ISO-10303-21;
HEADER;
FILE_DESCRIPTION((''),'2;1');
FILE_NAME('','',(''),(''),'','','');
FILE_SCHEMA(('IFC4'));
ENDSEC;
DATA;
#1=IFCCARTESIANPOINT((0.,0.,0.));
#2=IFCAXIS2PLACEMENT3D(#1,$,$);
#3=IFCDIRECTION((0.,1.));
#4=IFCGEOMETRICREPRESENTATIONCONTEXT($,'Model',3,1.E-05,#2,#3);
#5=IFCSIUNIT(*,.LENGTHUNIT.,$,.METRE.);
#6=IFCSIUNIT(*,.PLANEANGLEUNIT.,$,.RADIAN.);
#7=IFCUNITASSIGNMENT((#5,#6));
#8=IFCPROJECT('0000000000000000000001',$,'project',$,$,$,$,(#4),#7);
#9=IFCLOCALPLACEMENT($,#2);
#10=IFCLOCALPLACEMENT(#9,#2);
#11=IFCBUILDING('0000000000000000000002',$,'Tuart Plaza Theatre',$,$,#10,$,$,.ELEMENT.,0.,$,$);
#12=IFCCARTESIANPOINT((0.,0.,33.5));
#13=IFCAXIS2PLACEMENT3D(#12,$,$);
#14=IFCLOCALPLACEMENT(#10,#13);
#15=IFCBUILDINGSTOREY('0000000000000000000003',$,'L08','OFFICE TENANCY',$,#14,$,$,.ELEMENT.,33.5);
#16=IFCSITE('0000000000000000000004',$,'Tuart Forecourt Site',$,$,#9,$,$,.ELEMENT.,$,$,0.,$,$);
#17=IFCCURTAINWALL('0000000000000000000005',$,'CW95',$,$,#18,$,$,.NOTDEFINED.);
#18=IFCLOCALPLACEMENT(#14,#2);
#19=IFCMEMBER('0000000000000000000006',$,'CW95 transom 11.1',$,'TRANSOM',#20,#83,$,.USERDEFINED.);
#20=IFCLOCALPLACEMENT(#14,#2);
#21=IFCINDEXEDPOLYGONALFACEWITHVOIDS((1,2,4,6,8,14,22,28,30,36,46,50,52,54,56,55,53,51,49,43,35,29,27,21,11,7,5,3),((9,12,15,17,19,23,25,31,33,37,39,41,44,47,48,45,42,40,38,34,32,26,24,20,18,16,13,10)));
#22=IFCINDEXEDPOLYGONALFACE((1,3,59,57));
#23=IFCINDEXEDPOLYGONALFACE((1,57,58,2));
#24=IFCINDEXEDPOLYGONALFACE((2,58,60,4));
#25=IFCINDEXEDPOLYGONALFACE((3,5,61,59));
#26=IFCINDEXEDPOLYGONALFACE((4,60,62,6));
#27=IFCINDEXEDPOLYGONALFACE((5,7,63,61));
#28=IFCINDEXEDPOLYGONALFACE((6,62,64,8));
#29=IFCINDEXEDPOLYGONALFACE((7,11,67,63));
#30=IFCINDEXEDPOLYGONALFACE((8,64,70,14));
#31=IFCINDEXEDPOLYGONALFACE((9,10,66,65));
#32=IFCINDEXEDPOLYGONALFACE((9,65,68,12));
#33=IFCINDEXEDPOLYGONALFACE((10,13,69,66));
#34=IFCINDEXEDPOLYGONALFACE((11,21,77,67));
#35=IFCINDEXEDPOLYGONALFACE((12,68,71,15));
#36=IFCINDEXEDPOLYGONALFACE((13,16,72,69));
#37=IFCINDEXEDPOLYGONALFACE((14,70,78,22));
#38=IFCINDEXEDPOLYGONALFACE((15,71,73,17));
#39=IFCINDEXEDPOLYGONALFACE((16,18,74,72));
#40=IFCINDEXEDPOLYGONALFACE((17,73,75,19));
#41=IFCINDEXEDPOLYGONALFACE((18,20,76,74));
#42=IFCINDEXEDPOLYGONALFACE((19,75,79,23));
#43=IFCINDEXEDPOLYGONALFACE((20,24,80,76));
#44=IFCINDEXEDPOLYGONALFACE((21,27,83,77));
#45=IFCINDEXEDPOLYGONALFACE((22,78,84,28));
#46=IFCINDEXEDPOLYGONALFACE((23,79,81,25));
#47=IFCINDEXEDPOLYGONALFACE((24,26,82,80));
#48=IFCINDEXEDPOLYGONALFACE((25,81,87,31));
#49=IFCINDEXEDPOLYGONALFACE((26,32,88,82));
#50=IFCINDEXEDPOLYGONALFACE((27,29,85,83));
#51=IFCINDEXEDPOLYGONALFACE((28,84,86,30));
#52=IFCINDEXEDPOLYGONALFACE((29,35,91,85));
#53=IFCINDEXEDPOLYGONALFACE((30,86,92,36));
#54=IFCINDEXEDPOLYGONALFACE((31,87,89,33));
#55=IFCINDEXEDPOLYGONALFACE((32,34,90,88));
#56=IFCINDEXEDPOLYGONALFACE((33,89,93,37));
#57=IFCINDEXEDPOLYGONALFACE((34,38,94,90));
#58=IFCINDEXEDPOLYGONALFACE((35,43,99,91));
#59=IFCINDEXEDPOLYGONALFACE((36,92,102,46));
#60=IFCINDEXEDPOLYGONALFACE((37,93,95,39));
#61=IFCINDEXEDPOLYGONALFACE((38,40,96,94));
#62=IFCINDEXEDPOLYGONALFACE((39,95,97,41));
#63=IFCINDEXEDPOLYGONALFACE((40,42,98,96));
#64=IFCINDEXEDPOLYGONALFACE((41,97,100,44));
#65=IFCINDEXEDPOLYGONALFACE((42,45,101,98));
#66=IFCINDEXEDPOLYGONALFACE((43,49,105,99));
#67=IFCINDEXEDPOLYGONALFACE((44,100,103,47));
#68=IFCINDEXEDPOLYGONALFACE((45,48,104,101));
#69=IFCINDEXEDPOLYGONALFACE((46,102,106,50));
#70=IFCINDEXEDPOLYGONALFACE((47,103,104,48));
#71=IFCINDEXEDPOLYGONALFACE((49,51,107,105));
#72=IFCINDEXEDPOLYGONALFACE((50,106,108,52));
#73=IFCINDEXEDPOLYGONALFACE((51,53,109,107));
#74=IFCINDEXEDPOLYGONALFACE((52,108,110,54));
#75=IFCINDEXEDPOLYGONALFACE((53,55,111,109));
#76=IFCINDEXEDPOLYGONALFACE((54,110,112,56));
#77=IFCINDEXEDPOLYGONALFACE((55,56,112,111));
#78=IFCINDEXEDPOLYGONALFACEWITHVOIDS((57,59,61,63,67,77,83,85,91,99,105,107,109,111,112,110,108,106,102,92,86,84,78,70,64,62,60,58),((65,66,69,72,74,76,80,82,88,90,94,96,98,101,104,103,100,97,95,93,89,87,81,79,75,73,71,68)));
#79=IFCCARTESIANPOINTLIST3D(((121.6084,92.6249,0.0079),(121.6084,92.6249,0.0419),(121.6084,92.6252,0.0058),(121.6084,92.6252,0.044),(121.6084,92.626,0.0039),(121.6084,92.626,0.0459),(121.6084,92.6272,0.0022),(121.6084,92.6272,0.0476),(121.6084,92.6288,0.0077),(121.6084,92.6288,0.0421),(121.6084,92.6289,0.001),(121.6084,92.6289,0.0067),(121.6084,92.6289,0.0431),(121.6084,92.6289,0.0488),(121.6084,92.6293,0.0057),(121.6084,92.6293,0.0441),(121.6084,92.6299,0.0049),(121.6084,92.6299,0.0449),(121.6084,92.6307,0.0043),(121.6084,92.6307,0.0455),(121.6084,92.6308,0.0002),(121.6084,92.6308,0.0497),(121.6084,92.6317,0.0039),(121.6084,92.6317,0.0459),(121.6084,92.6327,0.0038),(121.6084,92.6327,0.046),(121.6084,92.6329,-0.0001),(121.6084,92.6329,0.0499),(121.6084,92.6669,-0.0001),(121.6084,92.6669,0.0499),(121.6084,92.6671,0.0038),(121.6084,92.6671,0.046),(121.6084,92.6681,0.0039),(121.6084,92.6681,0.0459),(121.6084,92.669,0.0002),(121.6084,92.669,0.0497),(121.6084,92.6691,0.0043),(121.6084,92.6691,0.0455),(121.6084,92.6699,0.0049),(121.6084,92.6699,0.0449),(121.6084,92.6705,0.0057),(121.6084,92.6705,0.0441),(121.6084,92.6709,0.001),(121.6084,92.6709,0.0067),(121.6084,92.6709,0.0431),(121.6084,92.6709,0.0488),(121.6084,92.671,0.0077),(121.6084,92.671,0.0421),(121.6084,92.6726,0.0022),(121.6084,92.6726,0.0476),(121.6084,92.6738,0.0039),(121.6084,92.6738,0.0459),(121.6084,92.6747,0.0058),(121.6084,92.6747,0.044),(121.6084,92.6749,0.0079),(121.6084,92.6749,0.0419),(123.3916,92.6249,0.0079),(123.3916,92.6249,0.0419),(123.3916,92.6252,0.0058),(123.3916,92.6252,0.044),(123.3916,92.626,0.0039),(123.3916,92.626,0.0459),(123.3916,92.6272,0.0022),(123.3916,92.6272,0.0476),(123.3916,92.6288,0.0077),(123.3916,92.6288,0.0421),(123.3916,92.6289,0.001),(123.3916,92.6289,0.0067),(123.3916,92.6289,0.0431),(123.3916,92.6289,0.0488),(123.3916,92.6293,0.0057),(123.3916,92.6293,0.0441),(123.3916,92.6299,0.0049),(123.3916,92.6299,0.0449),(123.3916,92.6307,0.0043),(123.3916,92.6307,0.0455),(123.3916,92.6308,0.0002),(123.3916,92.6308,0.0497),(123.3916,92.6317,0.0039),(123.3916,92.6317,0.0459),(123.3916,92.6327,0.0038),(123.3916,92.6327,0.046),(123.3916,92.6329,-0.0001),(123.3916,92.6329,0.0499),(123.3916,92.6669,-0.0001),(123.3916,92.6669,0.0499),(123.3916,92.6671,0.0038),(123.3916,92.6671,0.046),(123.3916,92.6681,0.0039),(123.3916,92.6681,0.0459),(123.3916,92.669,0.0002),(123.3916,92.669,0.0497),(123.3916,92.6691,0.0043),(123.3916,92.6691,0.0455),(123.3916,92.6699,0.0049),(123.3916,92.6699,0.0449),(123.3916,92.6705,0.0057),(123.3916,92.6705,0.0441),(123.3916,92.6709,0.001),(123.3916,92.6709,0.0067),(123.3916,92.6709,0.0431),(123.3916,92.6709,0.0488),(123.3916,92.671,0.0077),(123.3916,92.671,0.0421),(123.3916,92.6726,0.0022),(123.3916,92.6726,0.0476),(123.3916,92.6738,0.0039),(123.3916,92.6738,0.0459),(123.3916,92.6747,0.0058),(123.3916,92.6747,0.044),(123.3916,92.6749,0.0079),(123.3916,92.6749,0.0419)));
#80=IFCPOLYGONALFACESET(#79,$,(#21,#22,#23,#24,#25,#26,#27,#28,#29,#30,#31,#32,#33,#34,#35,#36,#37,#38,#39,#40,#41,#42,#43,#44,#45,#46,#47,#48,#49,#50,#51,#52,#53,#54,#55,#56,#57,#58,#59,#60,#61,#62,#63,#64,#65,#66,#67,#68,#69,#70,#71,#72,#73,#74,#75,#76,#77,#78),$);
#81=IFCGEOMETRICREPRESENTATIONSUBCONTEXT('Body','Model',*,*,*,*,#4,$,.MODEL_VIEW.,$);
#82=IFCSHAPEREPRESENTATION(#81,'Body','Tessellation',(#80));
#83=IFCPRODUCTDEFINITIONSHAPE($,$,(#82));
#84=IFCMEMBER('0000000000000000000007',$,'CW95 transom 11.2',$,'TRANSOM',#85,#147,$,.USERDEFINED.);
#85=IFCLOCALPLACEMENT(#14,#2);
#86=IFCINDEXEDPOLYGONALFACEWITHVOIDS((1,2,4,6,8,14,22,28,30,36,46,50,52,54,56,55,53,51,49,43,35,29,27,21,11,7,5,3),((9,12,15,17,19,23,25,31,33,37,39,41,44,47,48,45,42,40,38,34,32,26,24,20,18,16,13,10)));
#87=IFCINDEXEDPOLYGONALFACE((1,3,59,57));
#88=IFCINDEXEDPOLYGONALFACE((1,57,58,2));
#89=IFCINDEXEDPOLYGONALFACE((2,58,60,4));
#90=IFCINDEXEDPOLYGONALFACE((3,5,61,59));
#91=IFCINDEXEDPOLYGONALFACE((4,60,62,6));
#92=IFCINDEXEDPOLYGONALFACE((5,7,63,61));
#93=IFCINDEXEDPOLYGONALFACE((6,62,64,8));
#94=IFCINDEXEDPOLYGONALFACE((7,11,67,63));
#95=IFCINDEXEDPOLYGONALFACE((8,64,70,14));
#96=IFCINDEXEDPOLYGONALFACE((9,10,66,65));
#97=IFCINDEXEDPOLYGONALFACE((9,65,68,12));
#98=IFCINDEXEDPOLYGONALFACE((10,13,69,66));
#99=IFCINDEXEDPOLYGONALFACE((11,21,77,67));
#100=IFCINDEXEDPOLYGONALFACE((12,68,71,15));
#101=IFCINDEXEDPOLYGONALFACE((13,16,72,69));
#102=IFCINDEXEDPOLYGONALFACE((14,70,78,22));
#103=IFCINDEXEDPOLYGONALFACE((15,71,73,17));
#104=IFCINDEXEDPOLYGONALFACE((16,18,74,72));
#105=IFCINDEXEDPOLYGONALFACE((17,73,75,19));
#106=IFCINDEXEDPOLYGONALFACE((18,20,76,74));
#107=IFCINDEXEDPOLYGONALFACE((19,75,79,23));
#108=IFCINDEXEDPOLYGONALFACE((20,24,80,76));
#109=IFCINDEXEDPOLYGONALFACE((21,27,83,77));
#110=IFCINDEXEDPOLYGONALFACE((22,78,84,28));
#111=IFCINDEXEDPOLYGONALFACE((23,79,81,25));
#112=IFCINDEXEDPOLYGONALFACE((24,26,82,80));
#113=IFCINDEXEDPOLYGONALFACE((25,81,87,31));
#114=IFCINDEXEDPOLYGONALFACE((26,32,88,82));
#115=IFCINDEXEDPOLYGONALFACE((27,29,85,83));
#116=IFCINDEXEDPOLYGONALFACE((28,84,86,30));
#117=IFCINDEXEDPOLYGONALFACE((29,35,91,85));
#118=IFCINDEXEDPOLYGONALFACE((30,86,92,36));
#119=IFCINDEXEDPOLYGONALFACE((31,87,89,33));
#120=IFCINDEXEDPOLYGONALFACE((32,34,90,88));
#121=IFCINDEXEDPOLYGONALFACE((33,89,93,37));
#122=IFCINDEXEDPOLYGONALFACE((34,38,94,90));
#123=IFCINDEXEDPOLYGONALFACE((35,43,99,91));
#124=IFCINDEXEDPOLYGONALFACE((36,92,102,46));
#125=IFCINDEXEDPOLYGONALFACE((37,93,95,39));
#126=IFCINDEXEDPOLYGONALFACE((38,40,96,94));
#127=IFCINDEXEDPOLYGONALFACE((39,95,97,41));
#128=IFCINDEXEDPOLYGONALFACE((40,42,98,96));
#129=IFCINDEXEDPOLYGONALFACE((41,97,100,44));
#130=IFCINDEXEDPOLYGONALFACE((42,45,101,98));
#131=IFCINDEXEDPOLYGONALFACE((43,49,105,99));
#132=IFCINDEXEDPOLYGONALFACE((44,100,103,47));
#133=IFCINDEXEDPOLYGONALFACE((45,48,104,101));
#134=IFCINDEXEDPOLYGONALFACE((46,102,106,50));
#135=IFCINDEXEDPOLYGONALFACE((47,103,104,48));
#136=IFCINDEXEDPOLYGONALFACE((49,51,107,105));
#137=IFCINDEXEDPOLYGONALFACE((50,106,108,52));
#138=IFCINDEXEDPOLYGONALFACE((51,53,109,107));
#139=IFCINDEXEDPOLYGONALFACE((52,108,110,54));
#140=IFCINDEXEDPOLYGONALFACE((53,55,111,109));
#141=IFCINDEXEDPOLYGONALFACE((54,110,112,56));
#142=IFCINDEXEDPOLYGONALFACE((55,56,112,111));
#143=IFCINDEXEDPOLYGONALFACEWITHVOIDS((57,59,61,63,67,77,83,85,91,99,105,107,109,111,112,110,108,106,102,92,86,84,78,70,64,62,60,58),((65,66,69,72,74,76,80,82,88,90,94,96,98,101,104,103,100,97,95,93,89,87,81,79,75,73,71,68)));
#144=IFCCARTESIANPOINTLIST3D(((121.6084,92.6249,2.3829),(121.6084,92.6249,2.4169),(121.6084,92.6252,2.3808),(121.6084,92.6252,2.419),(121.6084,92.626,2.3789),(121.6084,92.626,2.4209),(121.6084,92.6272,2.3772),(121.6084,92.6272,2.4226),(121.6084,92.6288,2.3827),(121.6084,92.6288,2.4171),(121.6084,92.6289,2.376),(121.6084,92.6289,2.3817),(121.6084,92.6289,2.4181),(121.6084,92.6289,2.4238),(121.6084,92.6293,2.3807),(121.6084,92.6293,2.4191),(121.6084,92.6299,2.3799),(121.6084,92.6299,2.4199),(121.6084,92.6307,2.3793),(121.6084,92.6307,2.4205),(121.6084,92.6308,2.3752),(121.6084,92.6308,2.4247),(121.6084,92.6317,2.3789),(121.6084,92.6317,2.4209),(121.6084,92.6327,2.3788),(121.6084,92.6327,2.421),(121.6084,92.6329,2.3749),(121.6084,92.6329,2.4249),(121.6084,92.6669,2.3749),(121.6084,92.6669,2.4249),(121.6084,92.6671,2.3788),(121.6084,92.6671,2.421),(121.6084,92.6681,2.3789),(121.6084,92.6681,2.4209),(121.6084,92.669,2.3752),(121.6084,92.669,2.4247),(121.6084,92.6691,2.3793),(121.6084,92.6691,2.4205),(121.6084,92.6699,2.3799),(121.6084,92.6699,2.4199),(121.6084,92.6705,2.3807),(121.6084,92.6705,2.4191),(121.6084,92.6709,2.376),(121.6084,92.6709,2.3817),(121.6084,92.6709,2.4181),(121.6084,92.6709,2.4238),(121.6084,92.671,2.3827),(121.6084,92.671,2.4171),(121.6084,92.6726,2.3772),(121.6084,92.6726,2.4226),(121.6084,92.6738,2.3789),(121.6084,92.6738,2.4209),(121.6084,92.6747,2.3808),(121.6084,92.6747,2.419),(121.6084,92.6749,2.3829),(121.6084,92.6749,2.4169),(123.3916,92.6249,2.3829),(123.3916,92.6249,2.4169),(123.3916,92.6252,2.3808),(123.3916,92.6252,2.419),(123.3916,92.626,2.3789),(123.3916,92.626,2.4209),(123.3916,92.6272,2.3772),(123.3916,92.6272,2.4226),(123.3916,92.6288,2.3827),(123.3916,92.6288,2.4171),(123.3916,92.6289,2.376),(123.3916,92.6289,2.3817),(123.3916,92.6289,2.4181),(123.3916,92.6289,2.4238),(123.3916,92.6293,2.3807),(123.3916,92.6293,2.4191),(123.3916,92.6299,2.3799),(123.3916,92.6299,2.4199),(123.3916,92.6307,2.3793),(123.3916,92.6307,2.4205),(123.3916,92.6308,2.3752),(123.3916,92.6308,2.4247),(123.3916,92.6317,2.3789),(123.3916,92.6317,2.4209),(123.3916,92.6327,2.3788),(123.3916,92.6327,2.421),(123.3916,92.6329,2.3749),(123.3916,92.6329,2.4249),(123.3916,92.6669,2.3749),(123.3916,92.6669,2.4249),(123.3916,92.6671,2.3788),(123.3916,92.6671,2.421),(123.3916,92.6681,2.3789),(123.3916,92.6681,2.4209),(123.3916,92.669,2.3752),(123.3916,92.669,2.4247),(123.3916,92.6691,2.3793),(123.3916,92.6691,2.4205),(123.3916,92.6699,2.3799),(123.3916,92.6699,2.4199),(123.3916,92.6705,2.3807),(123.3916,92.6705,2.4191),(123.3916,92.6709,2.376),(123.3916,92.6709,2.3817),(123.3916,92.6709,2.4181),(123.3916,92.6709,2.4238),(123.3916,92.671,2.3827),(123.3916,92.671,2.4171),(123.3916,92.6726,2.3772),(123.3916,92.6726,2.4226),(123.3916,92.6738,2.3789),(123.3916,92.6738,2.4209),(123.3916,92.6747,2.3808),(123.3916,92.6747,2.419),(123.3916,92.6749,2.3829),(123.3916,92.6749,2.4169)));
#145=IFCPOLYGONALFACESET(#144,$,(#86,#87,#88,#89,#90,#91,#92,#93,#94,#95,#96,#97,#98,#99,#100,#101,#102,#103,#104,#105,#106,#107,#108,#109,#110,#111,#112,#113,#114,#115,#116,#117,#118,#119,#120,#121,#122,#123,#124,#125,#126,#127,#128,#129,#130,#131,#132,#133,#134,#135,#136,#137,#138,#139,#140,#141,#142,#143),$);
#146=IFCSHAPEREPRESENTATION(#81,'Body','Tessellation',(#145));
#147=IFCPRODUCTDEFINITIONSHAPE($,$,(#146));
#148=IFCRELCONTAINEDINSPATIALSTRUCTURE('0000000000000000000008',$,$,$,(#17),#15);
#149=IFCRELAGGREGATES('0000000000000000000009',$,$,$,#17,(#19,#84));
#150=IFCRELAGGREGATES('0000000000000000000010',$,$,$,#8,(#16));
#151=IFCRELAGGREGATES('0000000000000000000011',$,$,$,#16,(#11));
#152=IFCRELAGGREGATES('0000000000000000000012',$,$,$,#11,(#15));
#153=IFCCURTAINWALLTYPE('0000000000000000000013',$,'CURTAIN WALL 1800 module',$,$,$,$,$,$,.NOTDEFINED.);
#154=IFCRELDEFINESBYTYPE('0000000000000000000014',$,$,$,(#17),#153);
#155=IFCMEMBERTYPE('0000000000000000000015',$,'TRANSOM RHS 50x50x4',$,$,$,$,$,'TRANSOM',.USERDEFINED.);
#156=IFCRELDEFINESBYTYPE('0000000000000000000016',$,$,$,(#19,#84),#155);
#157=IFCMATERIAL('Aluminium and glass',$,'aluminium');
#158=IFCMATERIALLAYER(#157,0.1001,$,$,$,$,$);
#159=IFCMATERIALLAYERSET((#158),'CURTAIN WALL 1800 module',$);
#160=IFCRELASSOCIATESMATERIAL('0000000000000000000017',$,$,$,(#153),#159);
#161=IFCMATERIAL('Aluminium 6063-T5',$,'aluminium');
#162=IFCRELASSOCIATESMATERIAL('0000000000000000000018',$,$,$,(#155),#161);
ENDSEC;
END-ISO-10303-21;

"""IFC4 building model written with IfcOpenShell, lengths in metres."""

from ifc_helpers import new_model, si_unit, direction, frame, origin, origin_2d, place, context, subcontext, project, spatial, hollow_rectangle, extrude, material, layer, layer_set, material_profile, profile_set, type_object, element, aggregate, save


model = new_model("IFC4")

# Units and contexts
model_context = context("Model", 3, precision=1e-05, world=origin(), true_north=direction((0.0, 1.0)))
body_context = subcontext(model_context, "Body", "Model", "MODEL_VIEW")
ifc_project = project(units=[si_unit("LENGTHUNIT", "METRE"), si_unit("PLANEANGLEUNIT", "RADIAN")], contexts=[model_context])

# Site, building, storey
site_placement = place(None, origin())
site = spatial("IfcSite", under=ifc_project, at=site_placement, Name="Tuart Forecourt Site", CompositionType="ELEMENT", RefElevation=0.0)
building_placement = place(site_placement, origin())
building = spatial("IfcBuilding", under=site, at=building_placement, Name="Tuart Plaza Theatre", CompositionType="ELEMENT", ElevationOfRefHeight=0.0)
storey_placement = place(building_placement, frame((0.0, 0.0, 33.5)))
storey = spatial("IfcBuildingStorey", under=building, at=storey_placement, Name="L08", Description="OFFICE TENANCY", CompositionType="ELEMENT", Elevation=33.5)

# Curtain wall, members
ifc_material_1 = material(Name="Aluminium and glass", Category="aluminium")
ifc_layer_1 = layer(ifc_material_1, 0.1001)
ifc_layer_set_1 = layer_set([ifc_layer_1], Name="CURTAIN WALL 1800 module")
curtain_wall_type = type_object("IfcCurtainWallType", Name="CURTAIN WALL 1800 module", PredefinedType="NOTDEFINED", material=ifc_layer_set_1)
curtain_wall_placement = place(storey_placement, origin())
curtain_wall = element("IfcCurtainWall", 1, at=curtain_wall_placement, inside=storey, type_object=curtain_wall_type, Name="CW95", PredefinedType="NOTDEFINED")
ifc_material_2 = material(Name="Aluminium 6063-T5", Category="aluminium")
ifc_material_profile_1 = material_profile(ifc_material_2, hollow_rectangle(XDim=0.05, YDim=0.05, WallThickness=0.0039, InnerFilletRadius=0.0039, OuterFilletRadius=0.0081, at=origin_2d()), Name="RHS 50x50x4")
ifc_profile_set_1 = profile_set([ifc_material_profile_1], Name="Aluminium 6063-T5")
member_type_1 = type_object("IfcMemberType", Name="TRANSOM RHS 50x50x4", ElementType="TRANSOM", PredefinedType="USERDEFINED", material=ifc_profile_set_1)
member_1_placement = place(storey_placement, frame((123.3916, 92.6499, 0.0249), z_axis=(-1.0, 0.0, 0.0), x_axis=(0.0, -1.0, 0.0)))
member_1 = element("IfcMember", 2, at=member_1_placement, type_object=member_type_1, Name="CW95 transom 11.1", ObjectType="TRANSOM", PredefinedType="USERDEFINED", context=body_context, shape_type="SweptSolid", body=[
    extrude(hollow_rectangle(XDim=0.05, YDim=0.05, WallThickness=0.0039, InnerFilletRadius=0.0039, OuterFilletRadius=0.0081, at=origin_2d()), origin(), (0.0, 0.0, 1.0), 1.7832),
])
member_2_placement = place(storey_placement, frame((123.3916, 92.6499, 2.3999), z_axis=(-1.0, 0.0, 0.0), x_axis=(0.0, -1.0, 0.0)))
member_2 = element("IfcMember", 3, at=member_2_placement, type_object=member_type_1, Name="CW95 transom 11.2", ObjectType="TRANSOM", PredefinedType="USERDEFINED", context=body_context, shape_type="SweptSolid", body=[
    extrude(hollow_rectangle(XDim=0.05, YDim=0.05, WallThickness=0.0039, InnerFilletRadius=0.0039, OuterFilletRadius=0.0081, at=origin_2d()), origin(), (0.0, 0.0, 1.0), 1.7832),
])
aggregate(curtain_wall, [member_1, member_2])

save(model, "model.ifc")
